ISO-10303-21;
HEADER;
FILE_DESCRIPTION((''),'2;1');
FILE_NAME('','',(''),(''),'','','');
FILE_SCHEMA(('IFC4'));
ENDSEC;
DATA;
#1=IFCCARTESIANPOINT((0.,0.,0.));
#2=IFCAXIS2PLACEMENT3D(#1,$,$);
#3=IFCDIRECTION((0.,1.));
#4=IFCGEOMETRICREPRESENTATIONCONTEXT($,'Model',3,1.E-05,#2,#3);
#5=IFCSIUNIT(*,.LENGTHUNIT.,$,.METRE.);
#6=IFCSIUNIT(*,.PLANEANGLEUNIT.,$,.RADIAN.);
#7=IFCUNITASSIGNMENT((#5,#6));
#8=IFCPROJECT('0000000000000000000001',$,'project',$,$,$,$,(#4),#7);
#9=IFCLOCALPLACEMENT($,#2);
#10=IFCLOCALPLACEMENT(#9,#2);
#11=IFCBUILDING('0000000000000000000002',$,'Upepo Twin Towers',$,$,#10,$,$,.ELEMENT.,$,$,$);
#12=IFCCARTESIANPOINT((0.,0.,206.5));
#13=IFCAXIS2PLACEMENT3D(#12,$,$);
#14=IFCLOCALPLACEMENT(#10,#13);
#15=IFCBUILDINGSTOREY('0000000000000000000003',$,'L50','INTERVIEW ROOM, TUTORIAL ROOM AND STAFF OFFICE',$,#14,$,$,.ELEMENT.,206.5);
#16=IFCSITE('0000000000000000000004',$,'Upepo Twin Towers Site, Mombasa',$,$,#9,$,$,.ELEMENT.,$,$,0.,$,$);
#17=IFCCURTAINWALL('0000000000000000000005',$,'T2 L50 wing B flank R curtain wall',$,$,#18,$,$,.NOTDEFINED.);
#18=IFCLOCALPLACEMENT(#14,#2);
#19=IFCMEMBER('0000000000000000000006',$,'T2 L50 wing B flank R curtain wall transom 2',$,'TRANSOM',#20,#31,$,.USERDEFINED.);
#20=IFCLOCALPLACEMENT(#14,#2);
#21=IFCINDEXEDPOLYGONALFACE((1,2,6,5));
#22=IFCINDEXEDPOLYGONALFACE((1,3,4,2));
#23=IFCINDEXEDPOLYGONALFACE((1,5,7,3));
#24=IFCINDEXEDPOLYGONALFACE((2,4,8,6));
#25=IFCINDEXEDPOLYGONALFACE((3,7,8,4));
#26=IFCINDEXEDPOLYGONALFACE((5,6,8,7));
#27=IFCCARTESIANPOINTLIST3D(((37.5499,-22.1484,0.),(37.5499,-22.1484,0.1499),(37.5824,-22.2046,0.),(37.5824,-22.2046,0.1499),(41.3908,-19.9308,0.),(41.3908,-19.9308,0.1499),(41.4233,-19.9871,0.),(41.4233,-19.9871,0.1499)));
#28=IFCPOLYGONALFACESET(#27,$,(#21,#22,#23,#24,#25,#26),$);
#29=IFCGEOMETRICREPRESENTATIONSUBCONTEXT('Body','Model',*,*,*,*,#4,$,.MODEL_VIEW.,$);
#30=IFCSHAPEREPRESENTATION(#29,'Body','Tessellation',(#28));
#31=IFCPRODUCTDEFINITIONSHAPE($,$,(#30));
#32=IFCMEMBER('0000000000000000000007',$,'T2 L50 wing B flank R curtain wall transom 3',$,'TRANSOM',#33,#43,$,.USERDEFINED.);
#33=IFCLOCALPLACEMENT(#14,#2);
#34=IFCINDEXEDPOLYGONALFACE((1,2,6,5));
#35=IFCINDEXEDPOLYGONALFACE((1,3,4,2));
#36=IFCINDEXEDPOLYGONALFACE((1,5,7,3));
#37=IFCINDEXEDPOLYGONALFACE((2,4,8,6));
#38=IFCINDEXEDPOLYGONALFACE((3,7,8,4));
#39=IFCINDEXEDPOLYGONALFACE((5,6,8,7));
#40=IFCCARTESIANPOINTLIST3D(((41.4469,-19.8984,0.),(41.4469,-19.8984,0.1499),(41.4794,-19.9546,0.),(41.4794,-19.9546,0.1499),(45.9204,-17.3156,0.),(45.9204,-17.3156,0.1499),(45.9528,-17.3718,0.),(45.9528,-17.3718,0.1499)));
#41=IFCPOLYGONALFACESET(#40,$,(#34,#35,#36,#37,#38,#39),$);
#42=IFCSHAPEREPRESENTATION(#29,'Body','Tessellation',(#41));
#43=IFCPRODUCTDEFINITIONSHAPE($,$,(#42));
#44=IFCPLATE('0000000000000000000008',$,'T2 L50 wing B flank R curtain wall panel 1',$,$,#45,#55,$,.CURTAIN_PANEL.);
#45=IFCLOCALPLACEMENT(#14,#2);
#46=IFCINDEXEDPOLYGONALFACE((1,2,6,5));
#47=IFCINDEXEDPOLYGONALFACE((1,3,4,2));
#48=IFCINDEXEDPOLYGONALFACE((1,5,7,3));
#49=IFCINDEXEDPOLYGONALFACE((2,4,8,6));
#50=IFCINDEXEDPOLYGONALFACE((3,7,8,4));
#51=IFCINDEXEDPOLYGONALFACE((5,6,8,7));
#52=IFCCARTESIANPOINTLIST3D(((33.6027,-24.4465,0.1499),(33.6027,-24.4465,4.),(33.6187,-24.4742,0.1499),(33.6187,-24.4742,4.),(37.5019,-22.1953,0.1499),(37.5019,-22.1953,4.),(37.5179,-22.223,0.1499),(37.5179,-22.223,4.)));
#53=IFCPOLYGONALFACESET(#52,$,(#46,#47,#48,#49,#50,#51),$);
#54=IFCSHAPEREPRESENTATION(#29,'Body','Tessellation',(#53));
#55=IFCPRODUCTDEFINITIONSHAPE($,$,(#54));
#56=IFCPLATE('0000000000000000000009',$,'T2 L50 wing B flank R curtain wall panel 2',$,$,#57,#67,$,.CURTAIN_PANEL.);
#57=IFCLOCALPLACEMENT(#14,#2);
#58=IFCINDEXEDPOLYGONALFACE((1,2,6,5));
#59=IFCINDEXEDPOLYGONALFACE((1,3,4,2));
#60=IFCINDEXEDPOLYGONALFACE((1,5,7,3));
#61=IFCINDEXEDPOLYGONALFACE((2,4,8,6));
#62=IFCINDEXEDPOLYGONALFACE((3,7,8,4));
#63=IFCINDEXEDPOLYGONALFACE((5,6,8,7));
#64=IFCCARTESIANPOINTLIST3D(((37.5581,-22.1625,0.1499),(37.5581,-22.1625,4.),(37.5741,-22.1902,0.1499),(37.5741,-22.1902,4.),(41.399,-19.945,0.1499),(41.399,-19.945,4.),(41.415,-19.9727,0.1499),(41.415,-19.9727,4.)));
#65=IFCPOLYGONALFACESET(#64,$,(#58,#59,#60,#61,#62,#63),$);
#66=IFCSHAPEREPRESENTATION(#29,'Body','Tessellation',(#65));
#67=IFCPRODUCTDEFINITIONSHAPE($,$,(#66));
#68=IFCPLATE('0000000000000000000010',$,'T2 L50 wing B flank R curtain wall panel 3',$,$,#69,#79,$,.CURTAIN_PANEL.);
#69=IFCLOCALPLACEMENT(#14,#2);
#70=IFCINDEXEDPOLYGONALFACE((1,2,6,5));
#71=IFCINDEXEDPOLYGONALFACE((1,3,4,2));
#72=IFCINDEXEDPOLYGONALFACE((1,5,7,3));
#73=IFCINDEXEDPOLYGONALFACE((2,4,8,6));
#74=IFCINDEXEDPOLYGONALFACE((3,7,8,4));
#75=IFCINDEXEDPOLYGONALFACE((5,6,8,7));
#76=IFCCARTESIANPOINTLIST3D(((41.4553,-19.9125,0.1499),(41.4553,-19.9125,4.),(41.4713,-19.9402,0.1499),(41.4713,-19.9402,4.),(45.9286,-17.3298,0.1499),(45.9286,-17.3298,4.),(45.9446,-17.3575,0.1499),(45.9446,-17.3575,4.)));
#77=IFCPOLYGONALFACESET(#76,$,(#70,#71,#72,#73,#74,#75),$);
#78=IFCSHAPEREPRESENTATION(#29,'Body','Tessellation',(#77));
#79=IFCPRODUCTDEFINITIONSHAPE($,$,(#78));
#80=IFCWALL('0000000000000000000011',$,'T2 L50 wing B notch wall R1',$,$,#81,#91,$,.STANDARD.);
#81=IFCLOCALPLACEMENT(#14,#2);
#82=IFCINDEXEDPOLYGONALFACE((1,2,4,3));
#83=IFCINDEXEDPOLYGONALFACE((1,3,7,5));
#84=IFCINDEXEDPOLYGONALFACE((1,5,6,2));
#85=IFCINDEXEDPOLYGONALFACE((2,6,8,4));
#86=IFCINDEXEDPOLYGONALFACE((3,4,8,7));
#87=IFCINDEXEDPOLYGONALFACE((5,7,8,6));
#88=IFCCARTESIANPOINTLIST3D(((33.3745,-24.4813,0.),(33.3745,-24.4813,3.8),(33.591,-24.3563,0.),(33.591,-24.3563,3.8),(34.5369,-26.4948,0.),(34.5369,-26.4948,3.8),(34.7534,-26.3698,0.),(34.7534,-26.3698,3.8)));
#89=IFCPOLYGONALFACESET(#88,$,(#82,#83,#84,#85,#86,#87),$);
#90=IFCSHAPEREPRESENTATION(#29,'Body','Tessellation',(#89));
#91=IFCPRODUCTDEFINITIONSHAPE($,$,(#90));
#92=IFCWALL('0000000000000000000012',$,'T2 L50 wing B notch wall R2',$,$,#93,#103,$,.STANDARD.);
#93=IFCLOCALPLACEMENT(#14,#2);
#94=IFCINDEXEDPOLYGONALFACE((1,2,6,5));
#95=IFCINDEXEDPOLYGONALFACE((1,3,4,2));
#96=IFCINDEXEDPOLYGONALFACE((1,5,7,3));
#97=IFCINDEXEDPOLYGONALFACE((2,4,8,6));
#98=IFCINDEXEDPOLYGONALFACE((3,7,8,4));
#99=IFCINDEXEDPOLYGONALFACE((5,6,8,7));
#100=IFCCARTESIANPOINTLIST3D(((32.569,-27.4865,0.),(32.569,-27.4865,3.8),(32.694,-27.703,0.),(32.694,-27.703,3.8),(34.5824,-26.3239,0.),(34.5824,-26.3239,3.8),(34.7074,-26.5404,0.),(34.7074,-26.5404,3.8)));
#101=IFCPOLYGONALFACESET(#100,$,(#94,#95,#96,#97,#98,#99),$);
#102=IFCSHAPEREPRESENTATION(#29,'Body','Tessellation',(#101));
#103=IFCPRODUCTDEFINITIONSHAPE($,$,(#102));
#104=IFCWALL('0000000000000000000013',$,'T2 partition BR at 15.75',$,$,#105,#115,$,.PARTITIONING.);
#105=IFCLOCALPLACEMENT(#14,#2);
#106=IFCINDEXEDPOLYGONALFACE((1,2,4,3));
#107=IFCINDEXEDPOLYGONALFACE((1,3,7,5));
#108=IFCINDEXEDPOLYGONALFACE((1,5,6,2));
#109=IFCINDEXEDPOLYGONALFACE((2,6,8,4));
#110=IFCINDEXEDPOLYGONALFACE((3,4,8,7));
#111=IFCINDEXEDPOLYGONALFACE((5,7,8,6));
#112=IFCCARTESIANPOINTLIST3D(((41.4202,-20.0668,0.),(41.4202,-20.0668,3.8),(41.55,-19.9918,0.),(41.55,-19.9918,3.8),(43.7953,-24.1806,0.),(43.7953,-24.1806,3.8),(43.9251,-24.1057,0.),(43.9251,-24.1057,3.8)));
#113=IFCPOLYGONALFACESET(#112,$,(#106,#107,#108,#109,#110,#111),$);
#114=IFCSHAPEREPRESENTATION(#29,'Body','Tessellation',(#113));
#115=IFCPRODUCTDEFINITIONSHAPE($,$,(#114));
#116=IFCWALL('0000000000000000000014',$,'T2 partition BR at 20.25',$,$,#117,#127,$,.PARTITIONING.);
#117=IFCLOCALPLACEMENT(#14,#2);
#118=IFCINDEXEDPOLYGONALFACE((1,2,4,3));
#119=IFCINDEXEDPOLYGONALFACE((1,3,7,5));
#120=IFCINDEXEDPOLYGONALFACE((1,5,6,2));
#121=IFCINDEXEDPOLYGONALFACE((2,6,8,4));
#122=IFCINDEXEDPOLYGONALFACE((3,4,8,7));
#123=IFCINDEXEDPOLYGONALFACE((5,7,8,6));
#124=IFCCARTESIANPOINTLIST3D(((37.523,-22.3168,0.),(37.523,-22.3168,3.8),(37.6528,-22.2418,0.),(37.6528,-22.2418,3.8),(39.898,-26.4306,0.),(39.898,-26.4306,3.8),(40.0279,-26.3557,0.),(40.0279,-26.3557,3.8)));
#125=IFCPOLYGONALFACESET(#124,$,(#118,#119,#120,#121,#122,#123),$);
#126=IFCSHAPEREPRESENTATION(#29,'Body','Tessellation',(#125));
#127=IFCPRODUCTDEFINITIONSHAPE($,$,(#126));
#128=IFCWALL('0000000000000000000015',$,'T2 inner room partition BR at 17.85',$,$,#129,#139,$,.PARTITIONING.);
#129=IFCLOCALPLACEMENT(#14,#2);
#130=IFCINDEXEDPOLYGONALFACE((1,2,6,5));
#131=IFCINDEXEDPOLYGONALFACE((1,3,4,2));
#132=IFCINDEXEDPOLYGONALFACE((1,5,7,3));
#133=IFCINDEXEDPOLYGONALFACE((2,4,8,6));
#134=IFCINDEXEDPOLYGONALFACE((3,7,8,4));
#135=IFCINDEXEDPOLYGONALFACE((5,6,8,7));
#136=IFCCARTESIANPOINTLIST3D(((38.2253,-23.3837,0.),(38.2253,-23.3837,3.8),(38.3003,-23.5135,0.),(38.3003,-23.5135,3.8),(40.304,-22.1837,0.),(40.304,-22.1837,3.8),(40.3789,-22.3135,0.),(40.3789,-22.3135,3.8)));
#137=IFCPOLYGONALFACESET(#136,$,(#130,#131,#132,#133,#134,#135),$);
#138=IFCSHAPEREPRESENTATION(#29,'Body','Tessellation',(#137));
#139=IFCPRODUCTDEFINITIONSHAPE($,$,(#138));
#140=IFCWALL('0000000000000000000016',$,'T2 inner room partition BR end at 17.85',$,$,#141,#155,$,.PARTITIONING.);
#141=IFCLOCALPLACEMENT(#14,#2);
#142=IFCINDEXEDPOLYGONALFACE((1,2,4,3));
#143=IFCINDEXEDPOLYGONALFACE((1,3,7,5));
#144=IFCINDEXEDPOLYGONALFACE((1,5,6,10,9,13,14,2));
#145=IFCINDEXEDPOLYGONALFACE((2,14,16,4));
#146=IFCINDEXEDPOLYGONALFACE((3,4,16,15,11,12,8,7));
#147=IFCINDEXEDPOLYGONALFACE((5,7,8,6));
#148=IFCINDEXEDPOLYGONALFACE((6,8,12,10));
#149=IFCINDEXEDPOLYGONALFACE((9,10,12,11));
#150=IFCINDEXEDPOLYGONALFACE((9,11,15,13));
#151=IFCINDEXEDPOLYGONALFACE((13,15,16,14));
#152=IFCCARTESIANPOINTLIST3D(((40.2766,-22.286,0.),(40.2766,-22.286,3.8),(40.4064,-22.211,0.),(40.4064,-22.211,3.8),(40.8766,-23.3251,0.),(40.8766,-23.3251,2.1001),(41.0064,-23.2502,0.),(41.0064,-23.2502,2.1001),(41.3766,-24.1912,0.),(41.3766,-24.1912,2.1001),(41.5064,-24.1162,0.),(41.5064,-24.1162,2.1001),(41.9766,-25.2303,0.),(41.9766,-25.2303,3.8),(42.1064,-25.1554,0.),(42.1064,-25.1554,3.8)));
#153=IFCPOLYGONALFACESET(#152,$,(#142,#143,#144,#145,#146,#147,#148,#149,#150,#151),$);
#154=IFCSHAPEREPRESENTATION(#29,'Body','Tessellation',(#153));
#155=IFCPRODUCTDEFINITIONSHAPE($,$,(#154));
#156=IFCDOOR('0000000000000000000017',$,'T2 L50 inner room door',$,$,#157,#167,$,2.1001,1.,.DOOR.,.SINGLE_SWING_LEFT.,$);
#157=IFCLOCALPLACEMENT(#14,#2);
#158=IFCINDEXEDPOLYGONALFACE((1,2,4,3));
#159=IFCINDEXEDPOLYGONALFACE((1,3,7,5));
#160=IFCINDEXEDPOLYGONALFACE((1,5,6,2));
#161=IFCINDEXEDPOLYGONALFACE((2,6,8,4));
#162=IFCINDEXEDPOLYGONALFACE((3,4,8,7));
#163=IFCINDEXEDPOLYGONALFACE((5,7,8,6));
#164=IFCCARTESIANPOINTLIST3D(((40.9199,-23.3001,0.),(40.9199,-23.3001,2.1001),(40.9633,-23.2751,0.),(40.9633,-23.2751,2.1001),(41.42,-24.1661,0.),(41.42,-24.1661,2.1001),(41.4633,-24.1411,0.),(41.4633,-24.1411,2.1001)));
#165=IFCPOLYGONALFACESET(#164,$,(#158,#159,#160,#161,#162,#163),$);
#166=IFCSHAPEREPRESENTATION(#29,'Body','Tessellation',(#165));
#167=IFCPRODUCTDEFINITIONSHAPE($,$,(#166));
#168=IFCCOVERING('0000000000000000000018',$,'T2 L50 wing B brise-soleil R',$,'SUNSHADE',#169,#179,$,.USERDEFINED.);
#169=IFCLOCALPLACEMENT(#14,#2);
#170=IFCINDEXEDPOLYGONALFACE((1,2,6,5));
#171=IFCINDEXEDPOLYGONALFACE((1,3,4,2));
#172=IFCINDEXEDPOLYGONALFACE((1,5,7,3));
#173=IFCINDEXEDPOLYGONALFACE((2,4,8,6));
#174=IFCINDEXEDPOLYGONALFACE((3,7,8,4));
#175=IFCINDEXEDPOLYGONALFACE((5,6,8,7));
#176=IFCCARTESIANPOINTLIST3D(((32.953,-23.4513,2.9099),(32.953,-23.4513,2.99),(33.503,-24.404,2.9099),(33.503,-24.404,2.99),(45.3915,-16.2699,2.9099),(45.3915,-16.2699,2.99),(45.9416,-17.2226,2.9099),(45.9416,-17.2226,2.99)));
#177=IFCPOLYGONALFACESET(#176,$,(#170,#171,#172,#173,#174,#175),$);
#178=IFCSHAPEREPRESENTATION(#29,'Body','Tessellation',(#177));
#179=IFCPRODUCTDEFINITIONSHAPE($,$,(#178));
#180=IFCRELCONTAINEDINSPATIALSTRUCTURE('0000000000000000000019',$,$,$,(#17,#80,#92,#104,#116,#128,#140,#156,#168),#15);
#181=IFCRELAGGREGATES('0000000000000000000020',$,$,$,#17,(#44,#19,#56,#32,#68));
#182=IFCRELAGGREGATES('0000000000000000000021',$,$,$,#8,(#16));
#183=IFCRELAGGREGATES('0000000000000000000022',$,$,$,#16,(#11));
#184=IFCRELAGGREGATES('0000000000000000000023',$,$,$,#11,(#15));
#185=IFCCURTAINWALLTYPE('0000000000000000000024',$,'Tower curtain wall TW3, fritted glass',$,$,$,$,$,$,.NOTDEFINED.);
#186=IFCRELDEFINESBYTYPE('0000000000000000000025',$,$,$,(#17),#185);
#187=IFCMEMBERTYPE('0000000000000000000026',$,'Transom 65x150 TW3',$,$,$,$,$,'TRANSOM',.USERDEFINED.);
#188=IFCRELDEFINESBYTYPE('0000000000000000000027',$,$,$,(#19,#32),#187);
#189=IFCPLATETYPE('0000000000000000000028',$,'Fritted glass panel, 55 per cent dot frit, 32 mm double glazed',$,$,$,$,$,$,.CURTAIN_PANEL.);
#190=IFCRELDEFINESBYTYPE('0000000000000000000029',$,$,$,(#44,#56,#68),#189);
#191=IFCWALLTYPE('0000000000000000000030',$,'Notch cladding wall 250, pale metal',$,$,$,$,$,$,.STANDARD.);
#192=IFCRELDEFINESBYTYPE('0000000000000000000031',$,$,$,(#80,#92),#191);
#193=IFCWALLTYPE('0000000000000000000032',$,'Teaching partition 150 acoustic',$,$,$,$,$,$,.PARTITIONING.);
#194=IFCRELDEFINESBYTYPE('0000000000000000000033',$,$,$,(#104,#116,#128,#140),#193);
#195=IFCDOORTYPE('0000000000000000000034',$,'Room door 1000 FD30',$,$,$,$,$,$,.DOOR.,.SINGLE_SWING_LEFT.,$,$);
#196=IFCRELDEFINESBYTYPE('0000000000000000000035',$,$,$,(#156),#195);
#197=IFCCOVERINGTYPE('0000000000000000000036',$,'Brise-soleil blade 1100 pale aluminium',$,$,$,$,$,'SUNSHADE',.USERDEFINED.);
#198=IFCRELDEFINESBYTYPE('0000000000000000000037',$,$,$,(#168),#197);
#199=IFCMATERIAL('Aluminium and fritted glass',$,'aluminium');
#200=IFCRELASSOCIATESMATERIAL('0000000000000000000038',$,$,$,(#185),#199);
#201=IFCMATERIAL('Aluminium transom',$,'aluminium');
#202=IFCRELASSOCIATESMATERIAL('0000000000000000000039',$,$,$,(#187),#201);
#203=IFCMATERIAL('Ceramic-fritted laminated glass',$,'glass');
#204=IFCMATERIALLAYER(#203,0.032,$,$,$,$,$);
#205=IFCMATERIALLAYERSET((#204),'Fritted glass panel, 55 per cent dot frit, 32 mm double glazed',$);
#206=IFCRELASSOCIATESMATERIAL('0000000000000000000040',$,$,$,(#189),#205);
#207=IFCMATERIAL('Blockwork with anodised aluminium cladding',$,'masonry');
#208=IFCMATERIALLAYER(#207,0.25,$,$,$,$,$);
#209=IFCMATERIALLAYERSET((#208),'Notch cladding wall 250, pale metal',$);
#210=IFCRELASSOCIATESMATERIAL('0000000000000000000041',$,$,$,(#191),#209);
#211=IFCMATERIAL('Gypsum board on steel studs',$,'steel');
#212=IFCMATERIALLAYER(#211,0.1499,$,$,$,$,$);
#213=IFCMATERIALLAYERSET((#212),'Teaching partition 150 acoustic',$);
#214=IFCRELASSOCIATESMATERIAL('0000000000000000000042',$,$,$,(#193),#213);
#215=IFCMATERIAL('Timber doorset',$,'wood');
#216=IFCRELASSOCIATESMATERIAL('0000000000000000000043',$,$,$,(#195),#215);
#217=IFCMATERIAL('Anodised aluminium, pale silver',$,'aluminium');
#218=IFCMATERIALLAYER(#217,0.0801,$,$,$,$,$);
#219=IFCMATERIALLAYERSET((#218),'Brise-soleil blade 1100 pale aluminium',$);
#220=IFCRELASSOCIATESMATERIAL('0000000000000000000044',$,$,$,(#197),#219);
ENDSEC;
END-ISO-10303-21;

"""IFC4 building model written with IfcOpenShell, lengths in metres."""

from ifc_helpers import new_model, si_unit, direction, frame, frame_2d, origin, origin_2d, place, context, subcontext, project, spatial, rectangle, extrude, material, layer, layer_set, material_profile, profile_set, type_object, element, fill, aggregate, save


model = new_model("IFC4")

# Units and contexts
model_context = context("Model", 3, precision=1e-05, world=origin(), true_north=direction((0.0, 1.0)))
body_context = subcontext(model_context, "Body", "Model", "MODEL_VIEW")
ifc_project = project(units=[si_unit("LENGTHUNIT", "METRE"), si_unit("PLANEANGLEUNIT", "RADIAN")], contexts=[model_context])

# Site, building, storey
site_placement = place(None, origin())
site = spatial("IfcSite", under=ifc_project, at=site_placement, Name="Upepo Twin Towers Site, Mombasa", CompositionType="ELEMENT", RefElevation=0.0)
building_placement = place(site_placement, origin())
building = spatial("IfcBuilding", under=site, at=building_placement, Name="Upepo Twin Towers", CompositionType="ELEMENT")
storey_placement = place(building_placement, frame((0.0, 0.0, 206.5)))
storey = spatial("IfcBuildingStorey", under=building, at=storey_placement, Name="L50", Description="INTERVIEW ROOM, TUTORIAL ROOM AND STAFF OFFICE", CompositionType="ELEMENT", Elevation=206.5)

# Curtain wall, members, plates
ifc_material_1 = material(Name="Aluminium and fritted glass", Category="aluminium")
curtain_wall_type = type_object("IfcCurtainWallType", Name="Tower curtain wall TW3, fritted glass", PredefinedType="NOTDEFINED", material=ifc_material_1)
curtain_wall_placement = place(storey_placement, origin())
curtain_wall = element("IfcCurtainWall", 1, at=curtain_wall_placement, inside=storey, type_object=curtain_wall_type, Name="T2 L50 wing B flank R curtain wall", PredefinedType="NOTDEFINED")
ifc_material_2 = material(Name="Aluminium transom", Category="aluminium")
ifc_material_profile_1 = material_profile(ifc_material_2, rectangle(XDim=0.0649, YDim=0.1499, at=origin_2d()), Name="TRANSOM 65x150")
ifc_profile_set_1 = profile_set([ifc_material_profile_1], Name="Aluminium transom")
member_type_1 = type_object("IfcMemberType", Name="Transom 65x150 TW3", ElementType="TRANSOM", PredefinedType="USERDEFINED", material=ifc_profile_set_1)
member_1_placement = place(storey_placement, frame((37.5662, -22.1765, 0.075), z_axis=(0.866022, 0.500005, 0.0), x_axis=(-0.500005, 0.866022, 0.0)))
member_1 = element("IfcMember", 2, at=member_1_placement, type_object=member_type_1, Name="T2 L50 wing B flank R curtain wall transom 2", ObjectType="TRANSOM", PredefinedType="USERDEFINED", context=body_context, shape_type="SweptSolid", body=[
    extrude(rectangle(XDim=0.0649, YDim=0.1499, at=origin_2d()), origin(), (0.0, 0.0, 1.0), 4.4351),
])
member_2_placement = place(storey_placement, frame((41.4631, -19.9265, 0.075), z_axis=(0.866021, 0.500007, 0.0), x_axis=(-0.500007, 0.866021, 0.0)))
member_2 = element("IfcMember", 3, at=member_2_placement, type_object=member_type_1, Name="T2 L50 wing B flank R curtain wall transom 3", ObjectType="TRANSOM", PredefinedType="USERDEFINED", context=body_context, shape_type="SweptSolid", body=[
    extrude(rectangle(XDim=0.0649, YDim=0.1499, at=origin_2d()), origin(), (0.0, 0.0, 1.0), 5.1655),
])
ifc_material_3 = material(Name="Ceramic-fritted laminated glass", Category="glass")
ifc_layer_1 = layer(ifc_material_3, 0.032)
ifc_layer_set_1 = layer_set([ifc_layer_1], Name="Fritted glass panel, 55 per cent dot frit, 32 mm double glazed")
plate_type = type_object("IfcPlateType", Name="Fritted glass panel, 55 per cent dot frit, 32 mm double glazed", PredefinedType="CURTAIN_PANEL", material=ifc_layer_set_1)
plate_1_placement = place(storey_placement, frame((35.5603, -23.3347, 0.1499), z_axis=(0.0, 0.0, 1.0), x_axis=(0.866025, 0.5, 0.0)))
plate_1 = element("IfcPlate", 4, at=plate_1_placement, type_object=plate_type, Name="T2 L50 wing B flank R curtain wall panel 1", PredefinedType="CURTAIN_PANEL", context=body_context, shape_type="SweptSolid", body=[
    extrude(rectangle(XDim=4.5024, YDim=0.032, at=origin_2d()), origin(), (0.0, 0.0, 1.0), 3.8501),
])
plate_2_placement = place(storey_placement, frame((39.4866, -21.0676, 0.1499), z_axis=(0.0, 0.0, 1.0), x_axis=(0.866025, 0.5, 0.0)))
plate_2 = element("IfcPlate", 5, at=plate_2_placement, type_object=plate_type, Name="T2 L50 wing B flank R curtain wall panel 2", PredefinedType="CURTAIN_PANEL", context=body_context, shape_type="SweptSolid", body=[
    extrude(rectangle(XDim=4.4351, YDim=0.032, at=origin_2d()), origin(), (0.0, 0.0, 1.0), 3.8501),
])
plate_3_placement = place(storey_placement, frame((43.7, -18.635, 0.1499), z_axis=(0.0, 0.0, 1.0), x_axis=(0.866025, 0.5, 0.0)))
plate_3 = element("IfcPlate", 6, at=plate_3_placement, type_object=plate_type, Name="T2 L50 wing B flank R curtain wall panel 3", PredefinedType="CURTAIN_PANEL", context=body_context, shape_type="SweptSolid", body=[
    extrude(rectangle(XDim=5.1653, YDim=0.032, at=origin_2d()), origin(), (0.0, 0.0, 1.0), 3.8501),
])
aggregate(curtain_wall, [plate_1, member_1, plate_2, member_2, plate_3])

# Walls
ifc_material_4 = material(Name="Blockwork with anodised aluminium cladding", Category="masonry")
ifc_layer_2 = layer(ifc_material_4, 0.25)
ifc_layer_set_2 = layer_set([ifc_layer_2], Name="Notch cladding wall 250, pale metal")
wall_type_1 = type_object("IfcWallType", Name="Notch cladding wall 250, pale metal", PredefinedType="STANDARD", material=ifc_layer_set_2)
for number, where, z_axis, x_axis, name in (
    (7, (33.4827, -24.4187, 0.0), (0.0, 0.0, 1.0), (0.499968, -0.866044, 0.0), "T2 L50 wing B notch wall R1"),
    (8, (34.645, -26.4321, 0.0), (0.0, 0.0, 1.0), (-0.865998, -0.500047, 0.0), "T2 L50 wing B notch wall R2"),
):
    element("IfcWall", number, at=place(storey_placement, frame(where, z_axis=z_axis, x_axis=x_axis)), inside=storey, type_object=wall_type_1, Name=name, PredefinedType="STANDARD", context=body_context, shape_type="SweptSolid", body=[
        extrude(rectangle(XDim=2.325, YDim=0.25, at=frame_2d((1.1626, 0.0))), origin(), (0.0, 0.0, 1.0), 3.8),
    ])
ifc_material_5 = material(Name="Gypsum board on steel studs", Category="steel")
ifc_layer_3 = layer(ifc_material_5, 0.1499)
ifc_layer_set_3 = layer_set([ifc_layer_3], Name="Teaching partition 150 acoustic")
wall_type_2 = type_object("IfcWallType", Name="Teaching partition 150 acoustic", PredefinedType="PARTITIONING", material=ifc_layer_set_3)
for number, where, z_axis, x_axis, name in (
    (9, (43.8601, -24.1431, 0.0), (0.0, 0.0, 1.0), (-0.499986, 0.866033, 0.0), "T2 partition BR at 15.75"),
    (10, (39.9629, -26.3931, 0.0), (0.0, 0.0, 1.0), (-0.499986, 0.866033, 0.0), "T2 partition BR at 20.25"),
):
    element("IfcWall", number, at=place(storey_placement, frame(where, z_axis=z_axis, x_axis=x_axis)), inside=storey, type_object=wall_type_2, Name=name, PredefinedType="PARTITIONING", context=body_context, shape_type="SweptSolid", body=[
        extrude(rectangle(XDim=4.7502, YDim=0.1499, at=frame_2d((2.375, 0.0))), origin(), (0.0, 0.0, 1.0), 3.8),
    ])
wall_1_placement = place(storey_placement, frame((40.3416, -22.2485, 0.0), z_axis=(0.0, 0.0, 1.0), x_axis=(-0.86605, -0.499957, 0.0)))
element("IfcWall", 11, at=wall_1_placement, inside=storey, type_object=wall_type_2, Name="T2 inner room partition BR at 17.85", PredefinedType="PARTITIONING", context=body_context, shape_type="SweptSolid", body=[
    extrude(rectangle(XDim=2.4001, YDim=0.1499, at=frame_2d((1.2002, 0.0))), origin(), (0.0, 0.0, 1.0), 3.8),
])

# Wall, opening, door
wall_2_placement = place(storey_placement, frame((42.0415, -25.1929, 0.0), z_axis=(0.0, 0.0, 1.0), x_axis=(-0.500008, 0.866021, 0.0)))
wall_2 = element("IfcWall", 12, at=wall_2_placement, inside=storey, type_object=wall_type_2, Name="T2 inner room partition BR end at 17.85", PredefinedType="PARTITIONING", context=body_context, shape_type="SweptSolid", body=[
    extrude(rectangle(XDim=3.3999, YDim=0.1499, at=frame_2d((1.7, 0.0))), origin(), (0.0, 0.0, 1.0), 3.8),
])
opening_placement = place(wall_2_placement, frame((1.2, 0.0, 0.0)))
opening = element("IfcOpeningElement", 13, at=opening_placement, cuts=wall_2, PredefinedType="OPENING", context=body_context, shape_type="SweptSolid", body=[
    extrude(rectangle(XDim=1.0, YDim=2.1001, at=frame_2d((0.5, 1.05))), frame((0.0, 0.085, 0.0), z_axis=(0.0, -1.0, 0.0), x_axis=(1.0, 0.0, 0.0)), (0.0, 0.0, 1.0), 0.1699),
])
ifc_material_6 = material(Name="Timber doorset", Category="wood")
door_type = type_object("IfcDoorType", Name="Room door 1000 FD30", OperationType="SINGLE_SWING_LEFT", PredefinedType="DOOR", material=ifc_material_6)
door_placement = place(opening_placement, origin())
door = element("IfcDoor", 14, at=door_placement, inside=storey, type_object=door_type, Name="T2 L50 inner room door", OperationType="SINGLE_SWING_LEFT", OverallHeight=2.1001, OverallWidth=1.0, PredefinedType="DOOR", context=body_context, shape_type="SweptSolid", body=[
    extrude(rectangle(XDim=1.0, YDim=2.1001, at=frame_2d((0.5, 1.05))), frame((0.0, 0.0249, 0.0), z_axis=(0.0, -1.0, 0.0), x_axis=(1.0, 0.0, 0.0)), (0.0, 0.0, 1.0), 0.05),
])
fill(opening, door)

# Covering
ifc_material_7 = material(Name="Anodised aluminium, pale silver", Category="aluminium")
ifc_layer_4 = layer(ifc_material_7, 0.0801)
ifc_layer_set_4 = layer_set([ifc_layer_4], Name="Brise-soleil blade 1100 pale aluminium")
covering_type = type_object("IfcCoveringType", Name="Brise-soleil blade 1100 pale aluminium", ElementType="SUNSHADE", PredefinedType="USERDEFINED", material=ifc_layer_set_4)
covering_placement = place(storey_placement, frame((39.4473, -20.3369, 2.9099), z_axis=(0.0, 0.0, 1.0), x_axis=(-0.866025, -0.5, 0.0)))
element("IfcCovering", 15, at=covering_placement, inside=storey, type_object=covering_type, Name="T2 L50 wing B brise-soleil R", ObjectType="SUNSHADE", PredefinedType="USERDEFINED", context=body_context, shape_type="SweptSolid", body=[
    extrude(rectangle(XDim=14.3628, YDim=1.1001, at=origin_2d()), origin(), (0.0, 0.0, 1.0), 0.0801),
])

save(model, "model.ifc")
